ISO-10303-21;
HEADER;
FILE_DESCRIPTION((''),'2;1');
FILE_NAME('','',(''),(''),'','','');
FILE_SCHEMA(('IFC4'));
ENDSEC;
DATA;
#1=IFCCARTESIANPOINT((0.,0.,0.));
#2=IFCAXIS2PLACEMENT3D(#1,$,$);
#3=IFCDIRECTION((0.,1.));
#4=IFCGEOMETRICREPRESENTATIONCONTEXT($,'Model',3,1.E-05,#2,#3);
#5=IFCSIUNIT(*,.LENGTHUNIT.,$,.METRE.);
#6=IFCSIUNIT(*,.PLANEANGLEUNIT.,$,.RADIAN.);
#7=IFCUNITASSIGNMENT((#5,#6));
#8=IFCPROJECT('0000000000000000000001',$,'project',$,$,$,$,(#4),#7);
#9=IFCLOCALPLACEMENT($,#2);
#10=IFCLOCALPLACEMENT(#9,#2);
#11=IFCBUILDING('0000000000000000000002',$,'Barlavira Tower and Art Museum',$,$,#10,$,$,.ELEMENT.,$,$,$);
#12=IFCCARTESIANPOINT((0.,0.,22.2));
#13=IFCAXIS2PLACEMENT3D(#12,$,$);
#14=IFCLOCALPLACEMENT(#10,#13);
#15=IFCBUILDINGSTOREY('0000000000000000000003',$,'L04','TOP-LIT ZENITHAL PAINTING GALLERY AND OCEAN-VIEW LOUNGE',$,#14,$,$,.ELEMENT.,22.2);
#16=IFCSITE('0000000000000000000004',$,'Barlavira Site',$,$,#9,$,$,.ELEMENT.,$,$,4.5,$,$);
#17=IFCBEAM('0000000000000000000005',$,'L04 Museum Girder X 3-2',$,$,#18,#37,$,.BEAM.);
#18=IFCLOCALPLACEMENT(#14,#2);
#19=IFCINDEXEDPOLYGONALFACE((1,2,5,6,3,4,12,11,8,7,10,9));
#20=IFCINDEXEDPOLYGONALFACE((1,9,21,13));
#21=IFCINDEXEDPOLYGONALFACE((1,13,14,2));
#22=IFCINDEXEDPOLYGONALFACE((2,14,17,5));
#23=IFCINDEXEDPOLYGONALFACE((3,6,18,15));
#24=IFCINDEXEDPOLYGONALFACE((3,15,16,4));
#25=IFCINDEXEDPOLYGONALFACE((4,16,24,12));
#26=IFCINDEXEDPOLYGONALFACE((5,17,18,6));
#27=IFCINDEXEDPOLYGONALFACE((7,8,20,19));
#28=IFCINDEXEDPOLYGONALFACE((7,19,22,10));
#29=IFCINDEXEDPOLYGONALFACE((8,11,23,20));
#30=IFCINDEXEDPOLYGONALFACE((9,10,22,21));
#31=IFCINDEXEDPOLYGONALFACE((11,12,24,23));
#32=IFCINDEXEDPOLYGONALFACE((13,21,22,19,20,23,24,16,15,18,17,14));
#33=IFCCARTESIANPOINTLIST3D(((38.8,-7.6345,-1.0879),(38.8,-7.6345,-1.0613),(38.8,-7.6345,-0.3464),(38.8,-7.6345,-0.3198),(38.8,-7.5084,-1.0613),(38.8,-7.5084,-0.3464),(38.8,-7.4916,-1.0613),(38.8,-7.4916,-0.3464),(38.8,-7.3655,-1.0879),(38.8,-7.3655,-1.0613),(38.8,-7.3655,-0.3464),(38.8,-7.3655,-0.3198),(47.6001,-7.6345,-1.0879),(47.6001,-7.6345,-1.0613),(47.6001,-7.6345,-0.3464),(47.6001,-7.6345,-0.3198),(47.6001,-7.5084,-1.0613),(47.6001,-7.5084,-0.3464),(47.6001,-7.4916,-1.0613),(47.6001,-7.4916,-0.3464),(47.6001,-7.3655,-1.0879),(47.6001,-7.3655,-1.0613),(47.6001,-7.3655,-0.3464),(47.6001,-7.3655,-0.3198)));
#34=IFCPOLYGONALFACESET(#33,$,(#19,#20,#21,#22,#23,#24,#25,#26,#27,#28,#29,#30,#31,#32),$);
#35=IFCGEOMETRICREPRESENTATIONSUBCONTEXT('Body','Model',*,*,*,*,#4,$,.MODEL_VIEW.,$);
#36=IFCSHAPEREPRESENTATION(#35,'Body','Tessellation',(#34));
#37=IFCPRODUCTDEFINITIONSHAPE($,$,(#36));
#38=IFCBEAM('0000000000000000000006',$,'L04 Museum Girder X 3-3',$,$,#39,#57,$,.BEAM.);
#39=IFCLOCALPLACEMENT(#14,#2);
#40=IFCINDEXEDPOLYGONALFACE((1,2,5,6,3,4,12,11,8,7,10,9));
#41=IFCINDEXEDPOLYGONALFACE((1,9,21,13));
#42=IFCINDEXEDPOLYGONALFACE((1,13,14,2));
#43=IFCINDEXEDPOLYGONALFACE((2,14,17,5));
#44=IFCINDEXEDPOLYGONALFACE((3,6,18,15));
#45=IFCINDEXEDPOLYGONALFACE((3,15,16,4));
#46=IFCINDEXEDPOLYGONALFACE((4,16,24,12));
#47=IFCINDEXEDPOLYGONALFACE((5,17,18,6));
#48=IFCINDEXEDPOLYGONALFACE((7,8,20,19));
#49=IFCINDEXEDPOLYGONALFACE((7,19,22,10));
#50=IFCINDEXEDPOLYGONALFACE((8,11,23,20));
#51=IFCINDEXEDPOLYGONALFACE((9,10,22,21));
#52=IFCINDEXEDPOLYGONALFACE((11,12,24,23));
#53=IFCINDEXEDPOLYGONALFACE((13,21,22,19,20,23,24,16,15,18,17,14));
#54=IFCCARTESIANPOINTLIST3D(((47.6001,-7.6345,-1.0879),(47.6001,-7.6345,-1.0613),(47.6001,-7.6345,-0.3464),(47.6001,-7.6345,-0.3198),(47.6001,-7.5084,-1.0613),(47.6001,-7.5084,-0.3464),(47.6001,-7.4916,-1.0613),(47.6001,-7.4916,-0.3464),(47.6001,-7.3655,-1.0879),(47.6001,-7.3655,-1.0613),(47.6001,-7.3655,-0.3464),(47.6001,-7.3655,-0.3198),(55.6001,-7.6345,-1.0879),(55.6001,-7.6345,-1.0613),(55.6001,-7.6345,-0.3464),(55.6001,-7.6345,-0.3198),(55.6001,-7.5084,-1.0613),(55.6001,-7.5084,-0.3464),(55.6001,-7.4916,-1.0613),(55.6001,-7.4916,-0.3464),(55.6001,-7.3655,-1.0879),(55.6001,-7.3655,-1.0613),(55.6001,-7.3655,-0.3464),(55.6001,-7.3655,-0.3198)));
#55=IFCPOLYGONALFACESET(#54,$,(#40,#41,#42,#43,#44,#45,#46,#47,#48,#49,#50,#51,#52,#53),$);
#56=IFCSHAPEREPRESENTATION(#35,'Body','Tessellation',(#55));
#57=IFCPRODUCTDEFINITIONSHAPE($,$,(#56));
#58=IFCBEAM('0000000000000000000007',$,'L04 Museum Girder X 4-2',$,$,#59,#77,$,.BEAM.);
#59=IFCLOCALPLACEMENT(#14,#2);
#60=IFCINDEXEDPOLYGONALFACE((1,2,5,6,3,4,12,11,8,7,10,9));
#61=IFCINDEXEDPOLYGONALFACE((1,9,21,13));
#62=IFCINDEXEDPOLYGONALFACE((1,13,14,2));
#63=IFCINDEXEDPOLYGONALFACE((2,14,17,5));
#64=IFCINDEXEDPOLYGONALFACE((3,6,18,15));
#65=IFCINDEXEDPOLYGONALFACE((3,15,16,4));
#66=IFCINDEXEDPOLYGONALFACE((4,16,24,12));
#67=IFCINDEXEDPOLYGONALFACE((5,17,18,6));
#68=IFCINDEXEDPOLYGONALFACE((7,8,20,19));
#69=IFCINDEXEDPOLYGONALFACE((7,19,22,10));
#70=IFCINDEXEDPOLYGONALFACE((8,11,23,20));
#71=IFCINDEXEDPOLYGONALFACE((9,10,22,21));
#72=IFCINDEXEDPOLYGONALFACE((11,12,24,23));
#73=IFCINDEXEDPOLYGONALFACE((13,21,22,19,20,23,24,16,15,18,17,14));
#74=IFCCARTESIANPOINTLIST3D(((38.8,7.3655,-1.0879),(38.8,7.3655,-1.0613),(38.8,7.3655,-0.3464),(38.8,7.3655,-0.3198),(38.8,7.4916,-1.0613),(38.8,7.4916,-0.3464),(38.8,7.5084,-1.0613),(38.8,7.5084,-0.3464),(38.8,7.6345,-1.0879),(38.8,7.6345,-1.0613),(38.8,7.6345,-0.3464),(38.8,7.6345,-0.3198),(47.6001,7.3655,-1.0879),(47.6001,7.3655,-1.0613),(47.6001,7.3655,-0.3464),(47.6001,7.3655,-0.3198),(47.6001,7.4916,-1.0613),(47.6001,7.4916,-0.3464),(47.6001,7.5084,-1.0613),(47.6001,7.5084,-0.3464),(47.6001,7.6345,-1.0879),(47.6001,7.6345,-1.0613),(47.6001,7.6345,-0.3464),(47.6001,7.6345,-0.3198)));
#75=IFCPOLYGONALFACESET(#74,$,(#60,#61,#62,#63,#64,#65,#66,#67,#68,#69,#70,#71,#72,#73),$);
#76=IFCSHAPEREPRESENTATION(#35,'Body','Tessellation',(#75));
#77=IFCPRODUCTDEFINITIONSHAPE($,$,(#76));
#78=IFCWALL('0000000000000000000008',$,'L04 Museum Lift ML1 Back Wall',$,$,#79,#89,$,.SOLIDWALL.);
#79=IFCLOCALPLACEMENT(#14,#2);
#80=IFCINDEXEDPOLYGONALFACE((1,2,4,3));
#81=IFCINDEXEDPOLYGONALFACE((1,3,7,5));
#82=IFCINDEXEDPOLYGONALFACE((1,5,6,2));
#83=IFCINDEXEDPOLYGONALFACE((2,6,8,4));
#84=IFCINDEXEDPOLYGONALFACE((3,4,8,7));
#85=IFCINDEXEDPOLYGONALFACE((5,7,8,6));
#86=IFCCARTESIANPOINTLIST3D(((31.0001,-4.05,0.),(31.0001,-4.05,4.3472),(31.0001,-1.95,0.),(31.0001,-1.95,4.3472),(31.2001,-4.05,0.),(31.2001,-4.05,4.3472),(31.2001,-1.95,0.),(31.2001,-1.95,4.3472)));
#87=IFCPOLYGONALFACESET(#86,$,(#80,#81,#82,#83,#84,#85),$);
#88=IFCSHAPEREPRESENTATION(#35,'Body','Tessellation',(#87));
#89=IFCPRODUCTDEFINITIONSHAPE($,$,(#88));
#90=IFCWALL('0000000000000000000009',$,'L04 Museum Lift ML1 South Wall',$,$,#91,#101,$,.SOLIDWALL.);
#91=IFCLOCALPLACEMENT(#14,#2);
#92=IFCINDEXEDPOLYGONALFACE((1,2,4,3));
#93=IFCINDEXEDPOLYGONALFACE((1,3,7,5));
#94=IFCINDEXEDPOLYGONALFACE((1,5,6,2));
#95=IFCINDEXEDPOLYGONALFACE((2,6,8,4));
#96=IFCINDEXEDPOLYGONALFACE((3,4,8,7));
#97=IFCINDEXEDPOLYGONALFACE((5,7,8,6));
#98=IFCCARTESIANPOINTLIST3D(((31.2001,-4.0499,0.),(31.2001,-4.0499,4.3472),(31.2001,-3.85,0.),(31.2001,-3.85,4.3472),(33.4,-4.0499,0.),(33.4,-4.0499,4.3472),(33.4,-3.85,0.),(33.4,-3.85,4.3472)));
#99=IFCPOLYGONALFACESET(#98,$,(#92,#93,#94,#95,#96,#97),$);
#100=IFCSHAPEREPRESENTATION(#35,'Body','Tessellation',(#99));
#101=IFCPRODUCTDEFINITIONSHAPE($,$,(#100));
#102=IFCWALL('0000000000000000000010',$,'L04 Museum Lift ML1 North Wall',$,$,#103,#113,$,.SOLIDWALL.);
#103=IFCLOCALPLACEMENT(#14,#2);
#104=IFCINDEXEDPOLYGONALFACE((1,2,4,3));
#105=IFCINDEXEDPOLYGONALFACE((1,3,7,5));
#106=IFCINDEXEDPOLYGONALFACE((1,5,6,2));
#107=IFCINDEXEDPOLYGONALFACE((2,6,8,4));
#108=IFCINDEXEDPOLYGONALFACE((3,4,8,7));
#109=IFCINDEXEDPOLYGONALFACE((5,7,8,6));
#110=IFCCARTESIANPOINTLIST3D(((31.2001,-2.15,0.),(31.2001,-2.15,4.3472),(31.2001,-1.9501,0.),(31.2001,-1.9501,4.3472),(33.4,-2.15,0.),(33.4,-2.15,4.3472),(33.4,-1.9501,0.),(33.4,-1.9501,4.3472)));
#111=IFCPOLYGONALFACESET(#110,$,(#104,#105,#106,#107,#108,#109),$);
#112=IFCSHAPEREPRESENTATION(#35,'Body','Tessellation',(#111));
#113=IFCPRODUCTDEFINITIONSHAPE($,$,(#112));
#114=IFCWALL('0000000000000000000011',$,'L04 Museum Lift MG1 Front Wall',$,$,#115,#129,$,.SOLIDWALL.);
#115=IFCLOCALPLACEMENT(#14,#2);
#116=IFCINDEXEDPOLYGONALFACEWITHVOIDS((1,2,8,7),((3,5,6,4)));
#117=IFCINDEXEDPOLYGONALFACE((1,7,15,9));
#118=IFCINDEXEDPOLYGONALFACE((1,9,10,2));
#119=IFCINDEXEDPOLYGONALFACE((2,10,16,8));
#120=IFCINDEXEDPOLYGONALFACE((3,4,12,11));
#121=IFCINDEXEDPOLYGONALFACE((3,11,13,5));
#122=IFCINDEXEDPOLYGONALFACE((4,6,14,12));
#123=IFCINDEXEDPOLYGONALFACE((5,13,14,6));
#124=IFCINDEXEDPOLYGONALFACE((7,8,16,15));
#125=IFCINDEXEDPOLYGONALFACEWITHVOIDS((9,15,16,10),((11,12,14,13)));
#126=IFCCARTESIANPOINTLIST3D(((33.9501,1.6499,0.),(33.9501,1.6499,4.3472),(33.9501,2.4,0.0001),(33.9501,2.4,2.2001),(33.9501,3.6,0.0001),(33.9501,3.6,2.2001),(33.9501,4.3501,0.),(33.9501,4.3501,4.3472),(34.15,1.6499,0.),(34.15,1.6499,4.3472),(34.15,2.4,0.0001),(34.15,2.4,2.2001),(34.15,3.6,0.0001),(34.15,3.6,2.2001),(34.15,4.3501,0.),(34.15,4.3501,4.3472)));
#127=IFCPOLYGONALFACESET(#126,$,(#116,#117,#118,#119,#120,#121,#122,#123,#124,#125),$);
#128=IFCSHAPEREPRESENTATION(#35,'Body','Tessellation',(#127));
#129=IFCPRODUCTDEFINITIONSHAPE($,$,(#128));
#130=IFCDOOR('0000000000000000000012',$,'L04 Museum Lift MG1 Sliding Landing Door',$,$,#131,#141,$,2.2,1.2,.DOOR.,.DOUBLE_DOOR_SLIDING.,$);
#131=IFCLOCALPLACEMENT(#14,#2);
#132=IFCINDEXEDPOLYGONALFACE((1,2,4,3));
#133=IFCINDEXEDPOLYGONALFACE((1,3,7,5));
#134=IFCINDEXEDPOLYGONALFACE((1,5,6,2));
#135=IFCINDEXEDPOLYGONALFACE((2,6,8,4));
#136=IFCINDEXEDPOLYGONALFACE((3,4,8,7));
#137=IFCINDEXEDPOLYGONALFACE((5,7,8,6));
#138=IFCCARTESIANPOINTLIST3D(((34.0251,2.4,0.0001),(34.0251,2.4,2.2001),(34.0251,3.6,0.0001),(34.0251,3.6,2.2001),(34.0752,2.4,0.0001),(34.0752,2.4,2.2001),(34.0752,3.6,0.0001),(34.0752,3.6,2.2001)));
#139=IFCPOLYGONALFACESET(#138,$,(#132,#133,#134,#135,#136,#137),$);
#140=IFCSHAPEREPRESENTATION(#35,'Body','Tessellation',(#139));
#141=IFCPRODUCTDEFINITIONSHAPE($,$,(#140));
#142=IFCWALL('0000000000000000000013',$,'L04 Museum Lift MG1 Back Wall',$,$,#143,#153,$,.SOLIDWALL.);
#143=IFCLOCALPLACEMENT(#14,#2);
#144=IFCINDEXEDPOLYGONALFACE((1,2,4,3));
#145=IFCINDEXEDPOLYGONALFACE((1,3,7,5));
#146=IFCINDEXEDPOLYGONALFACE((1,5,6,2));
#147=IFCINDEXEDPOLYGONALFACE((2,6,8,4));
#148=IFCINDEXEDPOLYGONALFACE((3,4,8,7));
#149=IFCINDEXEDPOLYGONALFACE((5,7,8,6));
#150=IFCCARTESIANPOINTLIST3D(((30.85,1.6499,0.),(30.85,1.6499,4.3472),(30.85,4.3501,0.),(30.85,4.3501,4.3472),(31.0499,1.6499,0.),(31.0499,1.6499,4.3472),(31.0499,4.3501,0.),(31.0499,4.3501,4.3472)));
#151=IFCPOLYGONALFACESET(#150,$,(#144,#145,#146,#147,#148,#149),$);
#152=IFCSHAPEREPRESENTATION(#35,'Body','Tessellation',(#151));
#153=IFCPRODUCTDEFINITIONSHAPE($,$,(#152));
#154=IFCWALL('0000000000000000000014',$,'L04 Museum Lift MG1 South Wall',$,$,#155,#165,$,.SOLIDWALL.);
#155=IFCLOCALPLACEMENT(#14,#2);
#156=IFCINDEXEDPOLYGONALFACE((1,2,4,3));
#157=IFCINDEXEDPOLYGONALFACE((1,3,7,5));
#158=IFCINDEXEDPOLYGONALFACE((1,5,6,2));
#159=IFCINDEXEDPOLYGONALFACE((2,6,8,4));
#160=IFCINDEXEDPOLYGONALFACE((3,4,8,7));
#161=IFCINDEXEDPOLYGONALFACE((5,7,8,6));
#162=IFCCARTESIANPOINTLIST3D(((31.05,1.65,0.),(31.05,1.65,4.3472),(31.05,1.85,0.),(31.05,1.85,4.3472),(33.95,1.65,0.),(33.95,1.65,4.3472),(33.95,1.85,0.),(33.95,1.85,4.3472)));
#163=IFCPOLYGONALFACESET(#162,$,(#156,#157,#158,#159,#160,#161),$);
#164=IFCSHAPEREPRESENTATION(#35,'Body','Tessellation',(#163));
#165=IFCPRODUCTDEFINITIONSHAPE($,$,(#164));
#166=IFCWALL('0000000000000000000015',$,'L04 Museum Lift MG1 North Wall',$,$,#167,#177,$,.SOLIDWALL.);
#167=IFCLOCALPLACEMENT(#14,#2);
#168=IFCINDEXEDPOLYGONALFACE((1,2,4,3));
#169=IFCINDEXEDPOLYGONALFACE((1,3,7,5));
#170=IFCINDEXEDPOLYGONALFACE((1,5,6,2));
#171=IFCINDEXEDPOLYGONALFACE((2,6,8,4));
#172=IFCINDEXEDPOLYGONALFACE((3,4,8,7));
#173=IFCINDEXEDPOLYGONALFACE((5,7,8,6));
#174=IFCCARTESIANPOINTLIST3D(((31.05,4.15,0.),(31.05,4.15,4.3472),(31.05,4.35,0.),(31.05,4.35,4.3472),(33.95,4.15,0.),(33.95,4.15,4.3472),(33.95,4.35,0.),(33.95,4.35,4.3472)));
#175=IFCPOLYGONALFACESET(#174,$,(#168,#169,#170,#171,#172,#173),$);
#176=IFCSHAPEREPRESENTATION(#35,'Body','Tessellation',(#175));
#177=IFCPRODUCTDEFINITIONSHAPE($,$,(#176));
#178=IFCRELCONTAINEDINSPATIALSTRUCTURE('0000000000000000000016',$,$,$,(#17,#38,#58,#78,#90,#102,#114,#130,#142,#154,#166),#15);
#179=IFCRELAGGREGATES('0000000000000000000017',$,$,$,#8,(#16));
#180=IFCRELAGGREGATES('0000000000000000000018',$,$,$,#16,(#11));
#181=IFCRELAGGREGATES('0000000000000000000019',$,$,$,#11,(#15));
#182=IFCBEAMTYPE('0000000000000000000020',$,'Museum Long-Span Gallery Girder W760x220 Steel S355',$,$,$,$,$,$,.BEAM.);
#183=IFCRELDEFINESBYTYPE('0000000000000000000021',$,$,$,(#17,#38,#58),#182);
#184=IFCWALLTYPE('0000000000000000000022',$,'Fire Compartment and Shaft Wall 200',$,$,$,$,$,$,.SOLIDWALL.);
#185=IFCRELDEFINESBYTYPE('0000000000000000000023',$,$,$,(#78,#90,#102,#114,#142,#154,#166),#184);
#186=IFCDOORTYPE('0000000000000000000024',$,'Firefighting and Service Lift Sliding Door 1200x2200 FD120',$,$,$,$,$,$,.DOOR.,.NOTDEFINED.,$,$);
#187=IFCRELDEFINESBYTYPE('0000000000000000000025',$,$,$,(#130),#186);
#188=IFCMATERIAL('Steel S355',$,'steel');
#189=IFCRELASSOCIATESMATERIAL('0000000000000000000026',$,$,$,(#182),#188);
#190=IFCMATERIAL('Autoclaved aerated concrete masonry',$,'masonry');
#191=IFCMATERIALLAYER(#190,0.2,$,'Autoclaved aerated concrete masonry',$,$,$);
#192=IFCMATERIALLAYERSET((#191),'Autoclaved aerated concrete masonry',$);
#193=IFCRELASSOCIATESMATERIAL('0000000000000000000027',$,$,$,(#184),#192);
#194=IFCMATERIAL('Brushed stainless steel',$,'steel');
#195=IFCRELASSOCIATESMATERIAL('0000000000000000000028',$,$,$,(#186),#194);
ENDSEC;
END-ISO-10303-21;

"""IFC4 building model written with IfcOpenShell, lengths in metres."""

from ifc_helpers import new_model, si_unit, direction, frame, frame_2d, origin, origin_2d, place, context, subcontext, project, spatial, rectangle, i_section, extrude, material, layer, layer_set, material_profile, profile_set, type_object, element, fill, save


model = new_model("IFC4")

# Units and contexts
model_context = context("Model", 3, precision=1e-05, world=origin(), true_north=direction((0.0, 1.0)))
body_context = subcontext(model_context, "Body", "Model", "MODEL_VIEW")
ifc_project = project(units=[si_unit("LENGTHUNIT", "METRE"), si_unit("PLANEANGLEUNIT", "RADIAN")], contexts=[model_context])

# Site, building, storey
site_placement = place(None, origin())
site = spatial("IfcSite", under=ifc_project, at=site_placement, Name="Barlavira Site", CompositionType="ELEMENT", RefElevation=4.5)
building_placement = place(site_placement, origin())
building = spatial("IfcBuilding", under=site, at=building_placement, Name="Barlavira Tower and Art Museum", CompositionType="ELEMENT")
storey_placement = place(building_placement, frame((0.0, 0.0, 22.2)))
storey = spatial("IfcBuildingStorey", under=building, at=storey_placement, Name="L04", Description="TOP-LIT ZENITHAL PAINTING GALLERY AND OCEAN-VIEW LOUNGE", CompositionType="ELEMENT", Elevation=22.2)

# Beams
ifc_material_1 = material(Name="Steel S355", Category="steel")
ifc_material_profile_1 = material_profile(ifc_material_1, i_section(OverallWidth=0.269, OverallDepth=0.7681, WebThickness=0.0168, FlangeThickness=0.0266, at=origin_2d()), Name="W760x220.0")
ifc_profile_set_1 = profile_set([ifc_material_profile_1], Name="Steel S355")
beam_type = type_object("IfcBeamType", Name="Museum Long-Span Gallery Girder W760x220 Steel S355", PredefinedType="BEAM", material=ifc_profile_set_1)
beam_1_placement = place(storey_placement, frame((38.8, -7.5, -0.7039), z_axis=(1.0, 0.0, 0.0), x_axis=(0.0, 1.0, 0.0)))
element("IfcBeam", 1, at=beam_1_placement, inside=storey, type_object=beam_type, Name="L04 Museum Girder X 3-2", PredefinedType="BEAM", context=body_context, shape_type="SweptSolid", body=[
    extrude(i_section(OverallWidth=0.269, OverallDepth=0.7681, WebThickness=0.0168, FlangeThickness=0.0266, at=origin_2d()), origin(), (0.0, 0.0, 1.0), 8.8),
])
beam_2_placement = place(storey_placement, frame((47.6001, -7.5, -0.7039), z_axis=(1.0, 0.0, 0.0), x_axis=(0.0, 1.0, 0.0)))
element("IfcBeam", 2, at=beam_2_placement, inside=storey, type_object=beam_type, Name="L04 Museum Girder X 3-3", PredefinedType="BEAM", context=body_context, shape_type="SweptSolid", body=[
    extrude(i_section(OverallWidth=0.269, OverallDepth=0.7681, WebThickness=0.0168, FlangeThickness=0.0266, at=origin_2d()), origin(), (0.0, 0.0, 1.0), 8.0),
])
beam_3_placement = place(storey_placement, frame((38.8, 7.5, -0.7039), z_axis=(1.0, 0.0, 0.0), x_axis=(0.0, 1.0, 0.0)))
element("IfcBeam", 3, at=beam_3_placement, inside=storey, type_object=beam_type, Name="L04 Museum Girder X 4-2", PredefinedType="BEAM", context=body_context, shape_type="SweptSolid", body=[
    extrude(i_section(OverallWidth=0.269, OverallDepth=0.7681, WebThickness=0.0168, FlangeThickness=0.0266, at=origin_2d()), origin(), (0.0, 0.0, 1.0), 8.8),
])

# Shared definitions
ifc_material_2 = material(Name="Autoclaved aerated concrete masonry", Category="masonry")
ifc_layer_1 = layer(ifc_material_2, 0.2, Name="Autoclaved aerated concrete masonry")
ifc_layer_set_1 = layer_set([ifc_layer_1], Name="Autoclaved aerated concrete masonry")
wall_type_1 = type_object("IfcWallType", Name="Fire Compartment and Shaft Wall 200", PredefinedType="SOLIDWALL", material=ifc_layer_set_1)
ifc_material_3 = material(Name="Brushed stainless steel", Category="steel")

# Walls
wall_1_placement = place(storey_placement, frame((31.1001, -4.05, 0.0), z_axis=(0.0, 0.0, 1.0), x_axis=(0.0, 1.0, 0.0)))
element("IfcWall", 4, at=wall_1_placement, inside=storey, type_object=wall_type_1, Name="L04 Museum Lift ML1 Back Wall", PredefinedType="SOLIDWALL", context=body_context, shape_type="SweptSolid", body=[
    extrude(rectangle(XDim=2.1001, YDim=0.2, at=frame_2d((1.05, 0.0))), origin(), (0.0, 0.0, 1.0), 4.3472),
])
for number, where, z_axis, x_axis, name in (
    (5, (31.2, -3.95, 0.0), (0.0, 0.0, 1.0), (1.0, 0.0, 0.0), "L04 Museum Lift ML1 South Wall"),
    (6, (31.2, -2.05, 0.0), (0.0, 0.0, 1.0), (1.0, 0.0, 0.0), "L04 Museum Lift ML1 North Wall"),
):
    element("IfcWall", number, at=place(storey_placement, frame(where, z_axis=z_axis, x_axis=x_axis)), inside=storey, type_object=wall_type_1, Name=name, PredefinedType="SOLIDWALL", context=body_context, shape_type="SweptSolid", body=[
        extrude(rectangle(XDim=2.2, YDim=0.2, at=frame_2d((1.1001, 0.0))), origin(), (0.0, 0.0, 1.0), 4.3472),
    ])

# Wall, opening, door
wall_2_placement = place(storey_placement, frame((34.05, 1.6499, 0.0), z_axis=(0.0, 0.0, 1.0), x_axis=(0.0, 1.0, 0.0)))
wall_2 = element("IfcWall", 7, at=wall_2_placement, inside=storey, type_object=wall_type_1, Name="L04 Museum Lift MG1 Front Wall", PredefinedType="SOLIDWALL", context=body_context, shape_type="SweptSolid", body=[
    extrude(rectangle(XDim=2.7002, YDim=0.2, at=frame_2d((1.3501, 0.0))), origin(), (0.0, 0.0, 1.0), 4.3472),
])
opening_1_placement = place(wall_2_placement, frame((0.75, 0.0, 0.0)))
opening_1 = element("IfcOpeningElement", 8, at=opening_1_placement, cuts=wall_2, PredefinedType="OPENING", context=body_context, shape_type="SweptSolid", body=[
    extrude(rectangle(XDim=1.2, YDim=2.2, at=frame_2d((0.6001, 1.1001))), frame((0.0, 0.1099, 0.0), z_axis=(0.0, -1.0, 0.0), x_axis=(1.0, 0.0, 0.0)), (0.0, 0.0, 1.0), 0.22),
])
door_type_1 = type_object("IfcDoorType", Name="Firefighting and Service Lift Sliding Door 1200x2200 FD120", OperationType="NOTDEFINED", PredefinedType="DOOR", material=ifc_material_3)
door_1_placement = place(opening_1_placement, origin())
door_1 = element("IfcDoor", 9, at=door_1_placement, inside=storey, type_object=door_type_1, Name="L04 Museum Lift MG1 Sliding Landing Door", OperationType="DOUBLE_DOOR_SLIDING", OverallHeight=2.2, OverallWidth=1.2, PredefinedType="DOOR", context=body_context, shape_type="SweptSolid", body=[
    extrude(rectangle(XDim=1.2, YDim=2.2, at=frame_2d((0.6001, 1.1001))), frame((0.0, 0.0249, 0.0), z_axis=(0.0, -1.0, 0.0), x_axis=(1.0, 0.0, 0.0)), (0.0, 0.0, 1.0), 0.05),
])
fill(opening_1, door_1)

# Walls
wall_3_placement = place(storey_placement, frame((30.95, 1.6499, 0.0), z_axis=(0.0, 0.0, 1.0), x_axis=(0.0, 1.0, 0.0)))
element("IfcWall", 10, at=wall_3_placement, inside=storey, type_object=wall_type_1, Name="L04 Museum Lift MG1 Back Wall", PredefinedType="SOLIDWALL", context=body_context, shape_type="SweptSolid", body=[
    extrude(rectangle(XDim=2.7002, YDim=0.2, at=frame_2d((1.3501, 0.0))), origin(), (0.0, 0.0, 1.0), 4.3472),
])
for number, where, z_axis, x_axis, name in (
    (11, (31.05, 1.75, 0.0), (0.0, 0.0, 1.0), (1.0, 0.0, 0.0), "L04 Museum Lift MG1 South Wall"),
    (12, (31.05, 4.25, 0.0), (0.0, 0.0, 1.0), (1.0, 0.0, 0.0), "L04 Museum Lift MG1 North Wall"),
):
    element("IfcWall", number, at=place(storey_placement, frame(where, z_axis=z_axis, x_axis=x_axis)), inside=storey, type_object=wall_type_1, Name=name, PredefinedType="SOLIDWALL", context=body_context, shape_type="SweptSolid", body=[
        extrude(rectangle(XDim=2.8999, YDim=0.2, at=frame_2d((1.45, 0.0))), origin(), (0.0, 0.0, 1.0), 4.3472),
    ])

save(model, "model.ifc")
